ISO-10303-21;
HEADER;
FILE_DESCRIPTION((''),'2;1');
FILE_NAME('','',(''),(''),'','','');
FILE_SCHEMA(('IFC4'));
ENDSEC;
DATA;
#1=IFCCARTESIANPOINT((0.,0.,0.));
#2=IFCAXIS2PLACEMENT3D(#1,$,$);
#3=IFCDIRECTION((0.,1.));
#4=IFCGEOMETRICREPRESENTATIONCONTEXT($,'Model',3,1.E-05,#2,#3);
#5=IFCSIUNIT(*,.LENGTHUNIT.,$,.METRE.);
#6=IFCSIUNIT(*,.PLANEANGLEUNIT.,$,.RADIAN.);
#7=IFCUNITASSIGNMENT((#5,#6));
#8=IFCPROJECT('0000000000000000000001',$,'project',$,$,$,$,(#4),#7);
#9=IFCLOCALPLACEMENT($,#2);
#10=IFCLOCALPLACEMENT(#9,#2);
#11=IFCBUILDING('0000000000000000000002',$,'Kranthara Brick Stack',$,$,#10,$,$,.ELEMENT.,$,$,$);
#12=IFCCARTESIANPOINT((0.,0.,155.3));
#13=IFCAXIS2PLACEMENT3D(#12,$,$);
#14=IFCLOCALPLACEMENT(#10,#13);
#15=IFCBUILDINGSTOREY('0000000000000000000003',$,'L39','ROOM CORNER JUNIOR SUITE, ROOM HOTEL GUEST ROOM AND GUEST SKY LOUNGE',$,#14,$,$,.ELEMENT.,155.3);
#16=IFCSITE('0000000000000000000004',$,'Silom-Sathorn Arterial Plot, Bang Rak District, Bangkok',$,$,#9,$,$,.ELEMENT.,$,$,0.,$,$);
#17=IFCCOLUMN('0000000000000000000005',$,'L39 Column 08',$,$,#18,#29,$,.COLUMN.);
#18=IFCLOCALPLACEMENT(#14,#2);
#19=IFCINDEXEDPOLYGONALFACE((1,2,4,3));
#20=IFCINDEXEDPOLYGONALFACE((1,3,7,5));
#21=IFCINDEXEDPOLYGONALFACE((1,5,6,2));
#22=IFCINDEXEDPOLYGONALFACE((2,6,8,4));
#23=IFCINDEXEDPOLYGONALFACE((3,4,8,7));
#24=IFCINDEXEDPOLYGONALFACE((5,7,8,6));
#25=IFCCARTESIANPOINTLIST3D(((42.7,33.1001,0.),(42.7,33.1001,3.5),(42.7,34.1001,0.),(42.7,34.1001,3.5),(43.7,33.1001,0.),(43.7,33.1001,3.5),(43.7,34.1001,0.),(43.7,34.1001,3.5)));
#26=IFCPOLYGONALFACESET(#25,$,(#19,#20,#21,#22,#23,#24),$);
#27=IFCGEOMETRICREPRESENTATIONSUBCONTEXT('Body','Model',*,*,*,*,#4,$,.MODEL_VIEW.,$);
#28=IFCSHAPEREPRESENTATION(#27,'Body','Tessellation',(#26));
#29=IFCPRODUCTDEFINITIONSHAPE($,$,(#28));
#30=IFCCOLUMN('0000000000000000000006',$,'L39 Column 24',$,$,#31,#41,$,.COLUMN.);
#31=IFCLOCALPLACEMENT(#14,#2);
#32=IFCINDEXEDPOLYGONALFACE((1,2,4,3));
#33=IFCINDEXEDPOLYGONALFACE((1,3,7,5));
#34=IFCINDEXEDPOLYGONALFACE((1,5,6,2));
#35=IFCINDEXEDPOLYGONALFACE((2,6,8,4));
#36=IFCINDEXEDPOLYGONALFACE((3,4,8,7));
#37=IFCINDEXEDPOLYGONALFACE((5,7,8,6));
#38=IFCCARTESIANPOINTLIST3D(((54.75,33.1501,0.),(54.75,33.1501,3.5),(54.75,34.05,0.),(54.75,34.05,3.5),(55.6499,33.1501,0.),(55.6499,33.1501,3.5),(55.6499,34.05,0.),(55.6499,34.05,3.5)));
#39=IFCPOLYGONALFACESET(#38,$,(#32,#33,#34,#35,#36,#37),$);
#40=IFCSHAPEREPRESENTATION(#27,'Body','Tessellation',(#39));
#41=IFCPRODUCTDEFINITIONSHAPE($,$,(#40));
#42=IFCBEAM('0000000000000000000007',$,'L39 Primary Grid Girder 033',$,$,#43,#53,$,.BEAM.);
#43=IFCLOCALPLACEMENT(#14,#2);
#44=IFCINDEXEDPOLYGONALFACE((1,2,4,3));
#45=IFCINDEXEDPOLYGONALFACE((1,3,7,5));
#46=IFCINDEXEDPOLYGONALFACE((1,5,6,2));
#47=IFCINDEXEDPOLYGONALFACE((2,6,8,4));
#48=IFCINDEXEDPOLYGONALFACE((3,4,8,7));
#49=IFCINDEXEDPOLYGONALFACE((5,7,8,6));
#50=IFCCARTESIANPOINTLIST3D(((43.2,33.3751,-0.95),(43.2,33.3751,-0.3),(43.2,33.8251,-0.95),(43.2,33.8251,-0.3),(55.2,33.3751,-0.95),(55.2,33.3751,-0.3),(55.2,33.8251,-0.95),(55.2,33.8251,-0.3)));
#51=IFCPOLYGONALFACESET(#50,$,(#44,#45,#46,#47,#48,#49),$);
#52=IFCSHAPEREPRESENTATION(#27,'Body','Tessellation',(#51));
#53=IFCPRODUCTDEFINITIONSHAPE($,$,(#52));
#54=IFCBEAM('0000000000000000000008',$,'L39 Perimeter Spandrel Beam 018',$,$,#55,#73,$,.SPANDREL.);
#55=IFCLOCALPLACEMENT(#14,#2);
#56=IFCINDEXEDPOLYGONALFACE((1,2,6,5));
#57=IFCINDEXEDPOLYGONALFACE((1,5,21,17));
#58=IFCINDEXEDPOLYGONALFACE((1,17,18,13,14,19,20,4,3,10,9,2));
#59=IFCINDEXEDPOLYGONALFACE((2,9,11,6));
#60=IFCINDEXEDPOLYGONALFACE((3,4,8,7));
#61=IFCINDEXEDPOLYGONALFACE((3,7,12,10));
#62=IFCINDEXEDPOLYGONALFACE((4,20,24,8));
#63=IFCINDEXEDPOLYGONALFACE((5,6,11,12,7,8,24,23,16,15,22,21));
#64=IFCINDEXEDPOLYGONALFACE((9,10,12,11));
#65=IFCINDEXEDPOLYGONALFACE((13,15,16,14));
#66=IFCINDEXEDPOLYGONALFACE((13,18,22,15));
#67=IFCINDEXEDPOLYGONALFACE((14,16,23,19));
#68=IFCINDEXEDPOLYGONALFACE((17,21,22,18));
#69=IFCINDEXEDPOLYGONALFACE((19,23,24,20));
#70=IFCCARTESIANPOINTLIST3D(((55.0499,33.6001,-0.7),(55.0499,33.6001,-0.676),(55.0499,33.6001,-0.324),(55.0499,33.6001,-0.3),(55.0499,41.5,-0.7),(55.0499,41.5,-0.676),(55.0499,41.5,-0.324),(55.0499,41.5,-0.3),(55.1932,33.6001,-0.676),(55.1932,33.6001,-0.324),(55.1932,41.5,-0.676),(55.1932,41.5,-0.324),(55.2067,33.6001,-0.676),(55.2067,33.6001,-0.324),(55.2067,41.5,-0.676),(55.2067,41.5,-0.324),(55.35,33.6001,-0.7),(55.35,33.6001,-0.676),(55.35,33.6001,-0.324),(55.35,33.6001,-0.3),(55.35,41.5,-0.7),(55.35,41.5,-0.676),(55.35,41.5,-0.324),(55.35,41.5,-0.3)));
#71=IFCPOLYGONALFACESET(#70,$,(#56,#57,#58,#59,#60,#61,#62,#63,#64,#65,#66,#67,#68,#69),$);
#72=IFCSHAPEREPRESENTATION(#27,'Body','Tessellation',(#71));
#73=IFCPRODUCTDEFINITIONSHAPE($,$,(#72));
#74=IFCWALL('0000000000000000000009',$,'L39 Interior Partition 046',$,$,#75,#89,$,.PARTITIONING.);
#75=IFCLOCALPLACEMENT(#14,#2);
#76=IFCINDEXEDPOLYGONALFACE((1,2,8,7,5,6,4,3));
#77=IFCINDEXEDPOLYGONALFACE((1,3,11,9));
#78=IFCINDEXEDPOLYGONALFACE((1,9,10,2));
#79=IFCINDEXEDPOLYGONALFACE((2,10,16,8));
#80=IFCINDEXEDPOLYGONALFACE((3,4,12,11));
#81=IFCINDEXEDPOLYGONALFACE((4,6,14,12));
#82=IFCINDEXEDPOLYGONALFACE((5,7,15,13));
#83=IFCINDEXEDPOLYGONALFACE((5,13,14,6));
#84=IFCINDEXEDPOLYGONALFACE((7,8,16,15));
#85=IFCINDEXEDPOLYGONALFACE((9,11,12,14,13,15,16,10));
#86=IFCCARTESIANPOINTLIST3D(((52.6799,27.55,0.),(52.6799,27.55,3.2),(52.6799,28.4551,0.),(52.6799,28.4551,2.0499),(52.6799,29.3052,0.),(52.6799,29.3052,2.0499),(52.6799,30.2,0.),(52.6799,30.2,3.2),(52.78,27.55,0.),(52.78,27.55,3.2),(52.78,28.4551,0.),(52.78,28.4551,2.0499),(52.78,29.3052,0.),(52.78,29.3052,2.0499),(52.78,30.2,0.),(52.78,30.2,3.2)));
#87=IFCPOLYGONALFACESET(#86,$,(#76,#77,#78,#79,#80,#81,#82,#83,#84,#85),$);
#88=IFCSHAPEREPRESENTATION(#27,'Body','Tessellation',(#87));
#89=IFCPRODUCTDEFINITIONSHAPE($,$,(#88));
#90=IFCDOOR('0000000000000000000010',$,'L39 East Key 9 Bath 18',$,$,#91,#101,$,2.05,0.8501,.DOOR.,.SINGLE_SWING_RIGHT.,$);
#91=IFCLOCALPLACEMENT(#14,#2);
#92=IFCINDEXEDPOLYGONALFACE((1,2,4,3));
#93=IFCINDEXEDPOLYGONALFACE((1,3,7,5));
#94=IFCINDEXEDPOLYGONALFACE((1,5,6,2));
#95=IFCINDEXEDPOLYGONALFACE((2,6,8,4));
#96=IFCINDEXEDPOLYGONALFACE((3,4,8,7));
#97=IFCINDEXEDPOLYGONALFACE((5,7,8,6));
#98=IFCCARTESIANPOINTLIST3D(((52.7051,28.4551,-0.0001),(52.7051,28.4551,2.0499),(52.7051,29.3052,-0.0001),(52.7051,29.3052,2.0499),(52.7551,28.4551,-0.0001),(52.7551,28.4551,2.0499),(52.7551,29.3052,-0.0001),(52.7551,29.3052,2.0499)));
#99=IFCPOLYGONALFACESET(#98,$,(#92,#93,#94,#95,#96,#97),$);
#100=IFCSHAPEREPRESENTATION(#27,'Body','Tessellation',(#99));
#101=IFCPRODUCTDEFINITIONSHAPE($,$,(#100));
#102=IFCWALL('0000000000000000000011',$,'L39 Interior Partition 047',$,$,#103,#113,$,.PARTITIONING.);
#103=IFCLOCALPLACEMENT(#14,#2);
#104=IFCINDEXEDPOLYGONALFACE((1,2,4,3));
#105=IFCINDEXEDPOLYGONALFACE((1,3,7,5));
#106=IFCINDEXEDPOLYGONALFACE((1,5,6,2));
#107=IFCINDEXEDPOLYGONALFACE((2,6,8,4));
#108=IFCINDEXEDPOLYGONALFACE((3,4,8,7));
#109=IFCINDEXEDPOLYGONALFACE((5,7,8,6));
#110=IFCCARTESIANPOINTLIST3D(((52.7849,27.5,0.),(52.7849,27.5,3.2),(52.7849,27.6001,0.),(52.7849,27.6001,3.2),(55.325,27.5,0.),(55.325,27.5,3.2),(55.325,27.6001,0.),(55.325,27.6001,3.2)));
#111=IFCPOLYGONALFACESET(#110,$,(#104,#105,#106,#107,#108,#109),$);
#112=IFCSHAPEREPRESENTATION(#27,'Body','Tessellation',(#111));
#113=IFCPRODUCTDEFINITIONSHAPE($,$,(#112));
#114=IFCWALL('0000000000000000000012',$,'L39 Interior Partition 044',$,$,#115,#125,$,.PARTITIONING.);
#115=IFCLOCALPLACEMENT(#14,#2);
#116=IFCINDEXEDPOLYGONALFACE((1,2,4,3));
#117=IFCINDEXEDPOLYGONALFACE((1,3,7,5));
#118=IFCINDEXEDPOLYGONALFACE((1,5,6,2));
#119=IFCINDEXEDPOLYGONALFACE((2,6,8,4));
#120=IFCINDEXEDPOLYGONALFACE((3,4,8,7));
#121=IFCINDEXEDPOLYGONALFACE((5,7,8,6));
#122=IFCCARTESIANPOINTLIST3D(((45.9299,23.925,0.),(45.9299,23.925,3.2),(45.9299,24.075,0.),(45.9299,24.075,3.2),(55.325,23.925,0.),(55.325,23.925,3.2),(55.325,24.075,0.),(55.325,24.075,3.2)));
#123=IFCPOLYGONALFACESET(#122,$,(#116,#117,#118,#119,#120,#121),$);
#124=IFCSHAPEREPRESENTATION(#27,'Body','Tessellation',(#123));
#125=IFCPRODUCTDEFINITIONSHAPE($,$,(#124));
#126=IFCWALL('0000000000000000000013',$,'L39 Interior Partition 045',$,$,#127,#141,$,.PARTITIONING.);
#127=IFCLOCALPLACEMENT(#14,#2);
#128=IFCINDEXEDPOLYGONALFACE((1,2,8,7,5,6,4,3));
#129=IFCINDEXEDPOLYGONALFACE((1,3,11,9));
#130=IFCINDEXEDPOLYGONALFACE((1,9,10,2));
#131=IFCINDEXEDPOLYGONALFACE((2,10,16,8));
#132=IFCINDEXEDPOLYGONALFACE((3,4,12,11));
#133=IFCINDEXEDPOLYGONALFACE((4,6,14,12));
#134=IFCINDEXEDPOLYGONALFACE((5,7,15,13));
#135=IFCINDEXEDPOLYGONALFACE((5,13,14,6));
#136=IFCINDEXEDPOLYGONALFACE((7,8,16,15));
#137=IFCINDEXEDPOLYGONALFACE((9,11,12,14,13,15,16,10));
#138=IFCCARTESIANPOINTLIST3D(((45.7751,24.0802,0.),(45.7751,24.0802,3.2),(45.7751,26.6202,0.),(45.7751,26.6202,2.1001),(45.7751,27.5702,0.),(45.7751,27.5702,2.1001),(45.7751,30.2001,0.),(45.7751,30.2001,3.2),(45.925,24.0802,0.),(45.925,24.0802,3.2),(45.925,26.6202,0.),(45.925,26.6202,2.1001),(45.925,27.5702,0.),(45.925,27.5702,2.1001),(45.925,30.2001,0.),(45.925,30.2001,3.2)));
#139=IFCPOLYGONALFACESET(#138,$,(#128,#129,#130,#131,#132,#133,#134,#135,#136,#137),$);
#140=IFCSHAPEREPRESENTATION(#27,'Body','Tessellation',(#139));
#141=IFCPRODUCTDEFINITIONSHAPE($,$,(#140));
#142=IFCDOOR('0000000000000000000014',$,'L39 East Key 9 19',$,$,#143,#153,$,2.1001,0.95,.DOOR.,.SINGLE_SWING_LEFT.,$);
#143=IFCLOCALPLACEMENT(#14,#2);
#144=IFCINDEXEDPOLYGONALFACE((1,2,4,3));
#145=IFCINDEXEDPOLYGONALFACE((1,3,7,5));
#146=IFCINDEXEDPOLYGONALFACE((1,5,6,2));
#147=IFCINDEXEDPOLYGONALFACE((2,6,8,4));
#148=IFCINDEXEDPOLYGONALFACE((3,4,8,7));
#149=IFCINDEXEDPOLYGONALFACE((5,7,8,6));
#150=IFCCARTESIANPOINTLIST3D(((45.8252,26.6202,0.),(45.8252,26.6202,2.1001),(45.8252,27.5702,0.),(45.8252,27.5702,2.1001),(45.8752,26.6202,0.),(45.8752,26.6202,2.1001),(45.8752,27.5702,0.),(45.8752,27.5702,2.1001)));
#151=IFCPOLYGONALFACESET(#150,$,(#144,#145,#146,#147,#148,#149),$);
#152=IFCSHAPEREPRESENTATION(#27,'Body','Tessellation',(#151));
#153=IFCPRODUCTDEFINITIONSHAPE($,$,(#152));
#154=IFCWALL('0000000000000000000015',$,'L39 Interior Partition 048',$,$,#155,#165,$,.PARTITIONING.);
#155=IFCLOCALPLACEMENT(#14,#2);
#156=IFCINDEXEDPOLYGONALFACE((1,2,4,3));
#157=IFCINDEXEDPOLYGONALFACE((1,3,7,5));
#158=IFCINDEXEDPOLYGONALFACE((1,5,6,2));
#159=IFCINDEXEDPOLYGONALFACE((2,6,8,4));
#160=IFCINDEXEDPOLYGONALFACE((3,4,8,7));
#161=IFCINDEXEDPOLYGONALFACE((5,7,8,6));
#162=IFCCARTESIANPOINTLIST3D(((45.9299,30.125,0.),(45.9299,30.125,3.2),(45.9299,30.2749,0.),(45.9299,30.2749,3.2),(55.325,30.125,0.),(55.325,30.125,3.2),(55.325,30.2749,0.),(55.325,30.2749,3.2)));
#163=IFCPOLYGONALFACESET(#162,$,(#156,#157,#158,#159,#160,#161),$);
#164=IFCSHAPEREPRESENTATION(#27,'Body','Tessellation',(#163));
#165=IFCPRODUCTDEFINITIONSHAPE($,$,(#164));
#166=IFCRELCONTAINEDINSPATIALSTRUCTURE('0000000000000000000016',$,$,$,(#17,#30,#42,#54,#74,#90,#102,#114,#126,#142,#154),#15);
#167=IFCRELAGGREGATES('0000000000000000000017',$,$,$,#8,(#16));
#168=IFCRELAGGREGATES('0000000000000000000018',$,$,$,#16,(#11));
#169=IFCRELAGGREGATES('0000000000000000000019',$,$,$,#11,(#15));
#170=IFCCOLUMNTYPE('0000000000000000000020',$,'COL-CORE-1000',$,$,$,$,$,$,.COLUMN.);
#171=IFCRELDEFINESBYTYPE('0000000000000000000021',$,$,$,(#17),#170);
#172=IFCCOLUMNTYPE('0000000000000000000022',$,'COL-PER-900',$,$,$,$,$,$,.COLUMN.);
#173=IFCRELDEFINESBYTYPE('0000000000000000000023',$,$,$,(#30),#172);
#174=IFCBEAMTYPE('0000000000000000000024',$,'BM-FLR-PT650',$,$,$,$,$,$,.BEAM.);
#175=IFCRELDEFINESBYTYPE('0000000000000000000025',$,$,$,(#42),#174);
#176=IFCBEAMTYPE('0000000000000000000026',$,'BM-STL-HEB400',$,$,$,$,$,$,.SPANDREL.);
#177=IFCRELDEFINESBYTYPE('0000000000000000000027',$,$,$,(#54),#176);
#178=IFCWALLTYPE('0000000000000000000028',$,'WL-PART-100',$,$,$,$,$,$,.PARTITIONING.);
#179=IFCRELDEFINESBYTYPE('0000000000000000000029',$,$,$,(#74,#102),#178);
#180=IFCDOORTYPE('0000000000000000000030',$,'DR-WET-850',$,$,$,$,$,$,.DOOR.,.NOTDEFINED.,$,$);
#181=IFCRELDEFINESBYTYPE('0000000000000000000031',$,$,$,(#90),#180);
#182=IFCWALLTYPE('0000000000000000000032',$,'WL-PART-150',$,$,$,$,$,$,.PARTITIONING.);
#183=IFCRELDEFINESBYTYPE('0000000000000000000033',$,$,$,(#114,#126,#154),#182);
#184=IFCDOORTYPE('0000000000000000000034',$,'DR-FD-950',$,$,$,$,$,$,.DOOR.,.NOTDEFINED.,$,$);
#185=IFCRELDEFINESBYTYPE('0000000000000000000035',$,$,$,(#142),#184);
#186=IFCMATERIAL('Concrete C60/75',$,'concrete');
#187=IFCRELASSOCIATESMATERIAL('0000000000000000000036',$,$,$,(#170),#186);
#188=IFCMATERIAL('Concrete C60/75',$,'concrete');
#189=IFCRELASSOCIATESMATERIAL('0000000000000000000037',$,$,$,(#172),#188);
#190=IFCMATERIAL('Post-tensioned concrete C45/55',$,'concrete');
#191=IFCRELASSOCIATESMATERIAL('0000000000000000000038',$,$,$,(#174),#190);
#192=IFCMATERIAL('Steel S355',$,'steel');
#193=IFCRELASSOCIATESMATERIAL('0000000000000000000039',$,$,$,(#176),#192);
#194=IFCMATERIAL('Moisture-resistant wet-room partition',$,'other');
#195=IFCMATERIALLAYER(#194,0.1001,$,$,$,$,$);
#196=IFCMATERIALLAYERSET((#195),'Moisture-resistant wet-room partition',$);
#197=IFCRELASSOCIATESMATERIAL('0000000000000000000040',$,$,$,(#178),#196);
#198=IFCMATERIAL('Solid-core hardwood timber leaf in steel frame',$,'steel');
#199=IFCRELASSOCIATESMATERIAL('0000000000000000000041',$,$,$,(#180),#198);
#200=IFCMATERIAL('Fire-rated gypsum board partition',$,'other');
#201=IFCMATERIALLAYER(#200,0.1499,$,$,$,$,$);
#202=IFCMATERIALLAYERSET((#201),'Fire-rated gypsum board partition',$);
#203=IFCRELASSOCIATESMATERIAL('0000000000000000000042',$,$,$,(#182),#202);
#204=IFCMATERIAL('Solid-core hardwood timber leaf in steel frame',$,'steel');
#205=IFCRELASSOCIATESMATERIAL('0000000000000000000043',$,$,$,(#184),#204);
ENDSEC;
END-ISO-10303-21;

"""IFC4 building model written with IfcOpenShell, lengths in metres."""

from ifc_helpers import new_model, si_unit, direction, frame, frame_2d, origin, origin_2d, place, context, subcontext, project, spatial, rectangle, i_section, extrude, material, layer, layer_set, material_profile, profile_set, type_object, element, fill, save


model = new_model("IFC4")

# Units and contexts
model_context = context("Model", 3, precision=1e-05, world=origin(), true_north=direction((0.0, 1.0)))
body_context = subcontext(model_context, "Body", "Model", "MODEL_VIEW")
ifc_project = project(units=[si_unit("LENGTHUNIT", "METRE"), si_unit("PLANEANGLEUNIT", "RADIAN")], contexts=[model_context])

# Site, building, storey
site_placement = place(None, origin())
site = spatial("IfcSite", under=ifc_project, at=site_placement, Name="Silom-Sathorn Arterial Plot, Bang Rak District, Bangkok", CompositionType="ELEMENT", RefElevation=0.0)
building_placement = place(site_placement, origin())
building = spatial("IfcBuilding", under=site, at=building_placement, Name="Kranthara Brick Stack", CompositionType="ELEMENT")
storey_placement = place(building_placement, frame((0.0, 0.0, 155.3)))
storey = spatial("IfcBuildingStorey", under=building, at=storey_placement, Name="L39", Description="ROOM CORNER JUNIOR SUITE, ROOM HOTEL GUEST ROOM AND GUEST SKY LOUNGE", CompositionType="ELEMENT", Elevation=155.3)

# Columns
ifc_material_1 = material(Name="Concrete C60/75", Category="concrete")
ifc_material_profile_1 = material_profile(ifc_material_1, rectangle(XDim=1.0, YDim=1.0, at=origin_2d()), Name="RC 1000x1000")
ifc_profile_set_1 = profile_set([ifc_material_profile_1], Name="Concrete C60/75")
column_type_1 = type_object("IfcColumnType", Name="COL-CORE-1000", PredefinedType="COLUMN", material=ifc_profile_set_1)
column_1_placement = place(storey_placement, frame((43.2, 33.6001, 0.0), z_axis=(0.0, 0.0, 1.0), x_axis=(1.0, 0.0, 0.0)))
element("IfcColumn", 1, at=column_1_placement, inside=storey, type_object=column_type_1, Name="L39 Column 08", PredefinedType="COLUMN", context=body_context, shape_type="SweptSolid", body=[
    extrude(rectangle(XDim=1.0, YDim=1.0, at=origin_2d()), origin(), (0.0, 0.0, 1.0), 3.5),
])
ifc_material_2 = material(Name="Concrete C60/75", Category="concrete")
ifc_material_profile_2 = material_profile(ifc_material_2, rectangle(XDim=0.8999, YDim=0.8999, at=origin_2d()), Name="RC 900x900")
ifc_profile_set_2 = profile_set([ifc_material_profile_2], Name="Concrete C60/75")
column_type_2 = type_object("IfcColumnType", Name="COL-PER-900", PredefinedType="COLUMN", material=ifc_profile_set_2)
column_2_placement = place(storey_placement, frame((55.2, 33.6001, 0.0), z_axis=(0.0, 0.0, 1.0), x_axis=(1.0, 0.0, 0.0)))
element("IfcColumn", 2, at=column_2_placement, inside=storey, type_object=column_type_2, Name="L39 Column 24", PredefinedType="COLUMN", context=body_context, shape_type="SweptSolid", body=[
    extrude(rectangle(XDim=0.8999, YDim=0.8999, at=origin_2d()), origin(), (0.0, 0.0, 1.0), 3.5),
])

# Beams
ifc_material_3 = material(Name="Post-tensioned concrete C45/55", Category="concrete")
ifc_material_profile_3 = material_profile(ifc_material_3, rectangle(XDim=0.45, YDim=0.6499, at=origin_2d()), Name="PT 450x650")
ifc_profile_set_3 = profile_set([ifc_material_profile_3], Name="Post-tensioned concrete C45/55")
beam_type_1 = type_object("IfcBeamType", Name="BM-FLR-PT650", PredefinedType="BEAM", material=ifc_profile_set_3)
beam_1_placement = place(storey_placement, frame((43.2, 33.6001, -0.625), z_axis=(1.0, 0.0, 0.0), x_axis=(0.0, 1.0, 0.0)))
element("IfcBeam", 3, at=beam_1_placement, inside=storey, type_object=beam_type_1, Name="L39 Primary Grid Girder 033", PredefinedType="BEAM", context=body_context, shape_type="SweptSolid", body=[
    extrude(rectangle(XDim=0.45, YDim=0.6499, at=origin_2d()), origin(), (0.0, 0.0, 1.0), 12.0),
])
ifc_material_4 = material(Name="Steel S355", Category="steel")
ifc_material_profile_4 = material_profile(ifc_material_4, i_section(OverallWidth=0.3, OverallDepth=0.3999, WebThickness=0.0134, FlangeThickness=0.0239, at=origin_2d()), Name="HEB 400")
ifc_profile_set_4 = profile_set([ifc_material_profile_4], Name="Steel S355")
beam_type_2 = type_object("IfcBeamType", Name="BM-STL-HEB400", PredefinedType="SPANDREL", material=ifc_profile_set_4)
beam_2_placement = place(storey_placement, frame((55.2, 33.6001, -0.5), z_axis=(0.0, 1.0, 0.0), x_axis=(-1.0, 0.0, 0.0)))
element("IfcBeam", 4, at=beam_2_placement, inside=storey, type_object=beam_type_2, Name="L39 Perimeter Spandrel Beam 018", PredefinedType="SPANDREL", context=body_context, shape_type="SweptSolid", body=[
    extrude(i_section(OverallWidth=0.3, OverallDepth=0.3999, WebThickness=0.0134, FlangeThickness=0.0239, at=origin_2d()), origin(), (0.0, 0.0, 1.0), 7.8999),
])

# Wall, opening, door
ifc_material_5 = material(Name="Moisture-resistant wet-room partition", Category="other")
ifc_layer_1 = layer(ifc_material_5, 0.1001)
ifc_layer_set_1 = layer_set([ifc_layer_1], Name="Moisture-resistant wet-room partition")
wall_type_1 = type_object("IfcWallType", Name="WL-PART-100", PredefinedType="PARTITIONING", material=ifc_layer_set_1)
wall_1_placement = place(storey_placement, frame((52.73, 27.55, 0.0), z_axis=(0.0, 0.0, 1.0), x_axis=(0.0, 1.0, 0.0)))
wall_1 = element("IfcWall", 5, at=wall_1_placement, inside=storey, type_object=wall_type_1, Name="L39 Interior Partition 046", PredefinedType="PARTITIONING", context=body_context, shape_type="SweptSolid", body=[
    extrude(rectangle(XDim=2.6499, YDim=0.1001, at=frame_2d((1.325, 0.0))), origin(), (0.0, 0.0, 1.0), 3.2),
])
opening_1_placement = place(wall_1_placement, frame((0.905, 0.0, 0.0)))
opening_1 = element("IfcOpeningElement", 6, at=opening_1_placement, cuts=wall_1, PredefinedType="OPENING", context=body_context, shape_type="SweptSolid", body=[
    extrude(rectangle(XDim=0.8501, YDim=2.05, at=frame_2d((0.425, 1.0249))), frame((0.0, 0.0601, 0.0), z_axis=(0.0, -1.0, 0.0), x_axis=(1.0, 0.0, 0.0)), (0.0, 0.0, 1.0), 0.1201),
])
ifc_material_6 = material(Name="Solid-core hardwood timber leaf in steel frame", Category="steel")
door_type_1 = type_object("IfcDoorType", Name="DR-WET-850", OperationType="NOTDEFINED", PredefinedType="DOOR", material=ifc_material_6)
door_1_placement = place(opening_1_placement, origin())
door_1 = element("IfcDoor", 7, at=door_1_placement, inside=storey, type_object=door_type_1, Name="L39 East Key 9 Bath 18", OperationType="SINGLE_SWING_RIGHT", OverallHeight=2.05, OverallWidth=0.8501, PredefinedType="DOOR", context=body_context, shape_type="SweptSolid", body=[
    extrude(rectangle(XDim=0.8501, YDim=2.05, at=frame_2d((0.425, 1.0249))), frame((0.0, 0.0249, 0.0), z_axis=(0.0, -1.0, 0.0), x_axis=(1.0, 0.0, 0.0)), (0.0, 0.0, 1.0), 0.05),
])
fill(opening_1, door_1)

# Walls
wall_2_placement = place(storey_placement, frame((52.7849, 27.55, 0.0), z_axis=(0.0, 0.0, 1.0), x_axis=(1.0, 0.0, 0.0)))
element("IfcWall", 8, at=wall_2_placement, inside=storey, type_object=wall_type_1, Name="L39 Interior Partition 047", PredefinedType="PARTITIONING", context=body_context, shape_type="SweptSolid", body=[
    extrude(rectangle(XDim=2.54, YDim=0.1001, at=frame_2d((1.27, 0.0))), origin(), (0.0, 0.0, 1.0), 3.2),
])
ifc_material_7 = material(Name="Fire-rated gypsum board partition", Category="other")
ifc_layer_2 = layer(ifc_material_7, 0.1499)
ifc_layer_set_2 = layer_set([ifc_layer_2], Name="Fire-rated gypsum board partition")
wall_type_2 = type_object("IfcWallType", Name="WL-PART-150", PredefinedType="PARTITIONING", material=ifc_layer_set_2)
wall_3_placement = place(storey_placement, frame((45.9299, 24.0, 0.0), z_axis=(0.0, 0.0, 1.0), x_axis=(1.0, 0.0, 0.0)))
element("IfcWall", 9, at=wall_3_placement, inside=storey, type_object=wall_type_2, Name="L39 Interior Partition 044", PredefinedType="PARTITIONING", context=body_context, shape_type="SweptSolid", body=[
    extrude(rectangle(XDim=9.395, YDim=0.1499, at=frame_2d((4.6975, 0.0))), origin(), (0.0, 0.0, 1.0), 3.2),
])

# Wall, opening, door
wall_4_placement = place(storey_placement, frame((45.8501, 24.0801, 0.0), z_axis=(0.0, 0.0, 1.0), x_axis=(0.0, 1.0, 0.0)))
wall_4 = element("IfcWall", 10, at=wall_4_placement, inside=storey, type_object=wall_type_2, Name="L39 Interior Partition 045", PredefinedType="PARTITIONING", context=body_context, shape_type="SweptSolid", body=[
    extrude(rectangle(XDim=6.1199, YDim=0.1499, at=frame_2d((3.0601, 0.0))), origin(), (0.0, 0.0, 1.0), 3.2),
])
opening_2_placement = place(wall_4_placement, frame((2.54, 0.0, 0.0)))
opening_2 = element("IfcOpeningElement", 11, at=opening_2_placement, cuts=wall_4, PredefinedType="OPENING", context=body_context, shape_type="SweptSolid", body=[
    extrude(rectangle(XDim=0.95, YDim=2.1001, at=frame_2d((0.4751, 1.05))), frame((0.0, 0.085, 0.0), z_axis=(0.0, -1.0, 0.0), x_axis=(1.0, 0.0, 0.0)), (0.0, 0.0, 1.0), 0.1699),
])
ifc_material_8 = material(Name="Solid-core hardwood timber leaf in steel frame", Category="steel")
door_type_2 = type_object("IfcDoorType", Name="DR-FD-950", OperationType="NOTDEFINED", PredefinedType="DOOR", material=ifc_material_8)
door_2_placement = place(opening_2_placement, origin())
door_2 = element("IfcDoor", 12, at=door_2_placement, inside=storey, type_object=door_type_2, Name="L39 East Key 9 19", OperationType="SINGLE_SWING_LEFT", OverallHeight=2.1001, OverallWidth=0.95, PredefinedType="DOOR", context=body_context, shape_type="SweptSolid", body=[
    extrude(rectangle(XDim=0.95, YDim=2.1001, at=frame_2d((0.4751, 1.05))), frame((0.0, 0.0249, 0.0), z_axis=(0.0, -1.0, 0.0), x_axis=(1.0, 0.0, 0.0)), (0.0, 0.0, 1.0), 0.05),
])
fill(opening_2, door_2)

# Wall
wall_5_placement = place(storey_placement, frame((45.9299, 30.2, 0.0), z_axis=(0.0, 0.0, 1.0), x_axis=(1.0, 0.0, 0.0)))
element("IfcWall", 13, at=wall_5_placement, inside=storey, type_object=wall_type_2, Name="L39 Interior Partition 048", PredefinedType="PARTITIONING", context=body_context, shape_type="SweptSolid", body=[
    extrude(rectangle(XDim=9.395, YDim=0.1499, at=frame_2d((4.6975, 0.0))), origin(), (0.0, 0.0, 1.0), 3.2),
])

save(model, "model.ifc")
